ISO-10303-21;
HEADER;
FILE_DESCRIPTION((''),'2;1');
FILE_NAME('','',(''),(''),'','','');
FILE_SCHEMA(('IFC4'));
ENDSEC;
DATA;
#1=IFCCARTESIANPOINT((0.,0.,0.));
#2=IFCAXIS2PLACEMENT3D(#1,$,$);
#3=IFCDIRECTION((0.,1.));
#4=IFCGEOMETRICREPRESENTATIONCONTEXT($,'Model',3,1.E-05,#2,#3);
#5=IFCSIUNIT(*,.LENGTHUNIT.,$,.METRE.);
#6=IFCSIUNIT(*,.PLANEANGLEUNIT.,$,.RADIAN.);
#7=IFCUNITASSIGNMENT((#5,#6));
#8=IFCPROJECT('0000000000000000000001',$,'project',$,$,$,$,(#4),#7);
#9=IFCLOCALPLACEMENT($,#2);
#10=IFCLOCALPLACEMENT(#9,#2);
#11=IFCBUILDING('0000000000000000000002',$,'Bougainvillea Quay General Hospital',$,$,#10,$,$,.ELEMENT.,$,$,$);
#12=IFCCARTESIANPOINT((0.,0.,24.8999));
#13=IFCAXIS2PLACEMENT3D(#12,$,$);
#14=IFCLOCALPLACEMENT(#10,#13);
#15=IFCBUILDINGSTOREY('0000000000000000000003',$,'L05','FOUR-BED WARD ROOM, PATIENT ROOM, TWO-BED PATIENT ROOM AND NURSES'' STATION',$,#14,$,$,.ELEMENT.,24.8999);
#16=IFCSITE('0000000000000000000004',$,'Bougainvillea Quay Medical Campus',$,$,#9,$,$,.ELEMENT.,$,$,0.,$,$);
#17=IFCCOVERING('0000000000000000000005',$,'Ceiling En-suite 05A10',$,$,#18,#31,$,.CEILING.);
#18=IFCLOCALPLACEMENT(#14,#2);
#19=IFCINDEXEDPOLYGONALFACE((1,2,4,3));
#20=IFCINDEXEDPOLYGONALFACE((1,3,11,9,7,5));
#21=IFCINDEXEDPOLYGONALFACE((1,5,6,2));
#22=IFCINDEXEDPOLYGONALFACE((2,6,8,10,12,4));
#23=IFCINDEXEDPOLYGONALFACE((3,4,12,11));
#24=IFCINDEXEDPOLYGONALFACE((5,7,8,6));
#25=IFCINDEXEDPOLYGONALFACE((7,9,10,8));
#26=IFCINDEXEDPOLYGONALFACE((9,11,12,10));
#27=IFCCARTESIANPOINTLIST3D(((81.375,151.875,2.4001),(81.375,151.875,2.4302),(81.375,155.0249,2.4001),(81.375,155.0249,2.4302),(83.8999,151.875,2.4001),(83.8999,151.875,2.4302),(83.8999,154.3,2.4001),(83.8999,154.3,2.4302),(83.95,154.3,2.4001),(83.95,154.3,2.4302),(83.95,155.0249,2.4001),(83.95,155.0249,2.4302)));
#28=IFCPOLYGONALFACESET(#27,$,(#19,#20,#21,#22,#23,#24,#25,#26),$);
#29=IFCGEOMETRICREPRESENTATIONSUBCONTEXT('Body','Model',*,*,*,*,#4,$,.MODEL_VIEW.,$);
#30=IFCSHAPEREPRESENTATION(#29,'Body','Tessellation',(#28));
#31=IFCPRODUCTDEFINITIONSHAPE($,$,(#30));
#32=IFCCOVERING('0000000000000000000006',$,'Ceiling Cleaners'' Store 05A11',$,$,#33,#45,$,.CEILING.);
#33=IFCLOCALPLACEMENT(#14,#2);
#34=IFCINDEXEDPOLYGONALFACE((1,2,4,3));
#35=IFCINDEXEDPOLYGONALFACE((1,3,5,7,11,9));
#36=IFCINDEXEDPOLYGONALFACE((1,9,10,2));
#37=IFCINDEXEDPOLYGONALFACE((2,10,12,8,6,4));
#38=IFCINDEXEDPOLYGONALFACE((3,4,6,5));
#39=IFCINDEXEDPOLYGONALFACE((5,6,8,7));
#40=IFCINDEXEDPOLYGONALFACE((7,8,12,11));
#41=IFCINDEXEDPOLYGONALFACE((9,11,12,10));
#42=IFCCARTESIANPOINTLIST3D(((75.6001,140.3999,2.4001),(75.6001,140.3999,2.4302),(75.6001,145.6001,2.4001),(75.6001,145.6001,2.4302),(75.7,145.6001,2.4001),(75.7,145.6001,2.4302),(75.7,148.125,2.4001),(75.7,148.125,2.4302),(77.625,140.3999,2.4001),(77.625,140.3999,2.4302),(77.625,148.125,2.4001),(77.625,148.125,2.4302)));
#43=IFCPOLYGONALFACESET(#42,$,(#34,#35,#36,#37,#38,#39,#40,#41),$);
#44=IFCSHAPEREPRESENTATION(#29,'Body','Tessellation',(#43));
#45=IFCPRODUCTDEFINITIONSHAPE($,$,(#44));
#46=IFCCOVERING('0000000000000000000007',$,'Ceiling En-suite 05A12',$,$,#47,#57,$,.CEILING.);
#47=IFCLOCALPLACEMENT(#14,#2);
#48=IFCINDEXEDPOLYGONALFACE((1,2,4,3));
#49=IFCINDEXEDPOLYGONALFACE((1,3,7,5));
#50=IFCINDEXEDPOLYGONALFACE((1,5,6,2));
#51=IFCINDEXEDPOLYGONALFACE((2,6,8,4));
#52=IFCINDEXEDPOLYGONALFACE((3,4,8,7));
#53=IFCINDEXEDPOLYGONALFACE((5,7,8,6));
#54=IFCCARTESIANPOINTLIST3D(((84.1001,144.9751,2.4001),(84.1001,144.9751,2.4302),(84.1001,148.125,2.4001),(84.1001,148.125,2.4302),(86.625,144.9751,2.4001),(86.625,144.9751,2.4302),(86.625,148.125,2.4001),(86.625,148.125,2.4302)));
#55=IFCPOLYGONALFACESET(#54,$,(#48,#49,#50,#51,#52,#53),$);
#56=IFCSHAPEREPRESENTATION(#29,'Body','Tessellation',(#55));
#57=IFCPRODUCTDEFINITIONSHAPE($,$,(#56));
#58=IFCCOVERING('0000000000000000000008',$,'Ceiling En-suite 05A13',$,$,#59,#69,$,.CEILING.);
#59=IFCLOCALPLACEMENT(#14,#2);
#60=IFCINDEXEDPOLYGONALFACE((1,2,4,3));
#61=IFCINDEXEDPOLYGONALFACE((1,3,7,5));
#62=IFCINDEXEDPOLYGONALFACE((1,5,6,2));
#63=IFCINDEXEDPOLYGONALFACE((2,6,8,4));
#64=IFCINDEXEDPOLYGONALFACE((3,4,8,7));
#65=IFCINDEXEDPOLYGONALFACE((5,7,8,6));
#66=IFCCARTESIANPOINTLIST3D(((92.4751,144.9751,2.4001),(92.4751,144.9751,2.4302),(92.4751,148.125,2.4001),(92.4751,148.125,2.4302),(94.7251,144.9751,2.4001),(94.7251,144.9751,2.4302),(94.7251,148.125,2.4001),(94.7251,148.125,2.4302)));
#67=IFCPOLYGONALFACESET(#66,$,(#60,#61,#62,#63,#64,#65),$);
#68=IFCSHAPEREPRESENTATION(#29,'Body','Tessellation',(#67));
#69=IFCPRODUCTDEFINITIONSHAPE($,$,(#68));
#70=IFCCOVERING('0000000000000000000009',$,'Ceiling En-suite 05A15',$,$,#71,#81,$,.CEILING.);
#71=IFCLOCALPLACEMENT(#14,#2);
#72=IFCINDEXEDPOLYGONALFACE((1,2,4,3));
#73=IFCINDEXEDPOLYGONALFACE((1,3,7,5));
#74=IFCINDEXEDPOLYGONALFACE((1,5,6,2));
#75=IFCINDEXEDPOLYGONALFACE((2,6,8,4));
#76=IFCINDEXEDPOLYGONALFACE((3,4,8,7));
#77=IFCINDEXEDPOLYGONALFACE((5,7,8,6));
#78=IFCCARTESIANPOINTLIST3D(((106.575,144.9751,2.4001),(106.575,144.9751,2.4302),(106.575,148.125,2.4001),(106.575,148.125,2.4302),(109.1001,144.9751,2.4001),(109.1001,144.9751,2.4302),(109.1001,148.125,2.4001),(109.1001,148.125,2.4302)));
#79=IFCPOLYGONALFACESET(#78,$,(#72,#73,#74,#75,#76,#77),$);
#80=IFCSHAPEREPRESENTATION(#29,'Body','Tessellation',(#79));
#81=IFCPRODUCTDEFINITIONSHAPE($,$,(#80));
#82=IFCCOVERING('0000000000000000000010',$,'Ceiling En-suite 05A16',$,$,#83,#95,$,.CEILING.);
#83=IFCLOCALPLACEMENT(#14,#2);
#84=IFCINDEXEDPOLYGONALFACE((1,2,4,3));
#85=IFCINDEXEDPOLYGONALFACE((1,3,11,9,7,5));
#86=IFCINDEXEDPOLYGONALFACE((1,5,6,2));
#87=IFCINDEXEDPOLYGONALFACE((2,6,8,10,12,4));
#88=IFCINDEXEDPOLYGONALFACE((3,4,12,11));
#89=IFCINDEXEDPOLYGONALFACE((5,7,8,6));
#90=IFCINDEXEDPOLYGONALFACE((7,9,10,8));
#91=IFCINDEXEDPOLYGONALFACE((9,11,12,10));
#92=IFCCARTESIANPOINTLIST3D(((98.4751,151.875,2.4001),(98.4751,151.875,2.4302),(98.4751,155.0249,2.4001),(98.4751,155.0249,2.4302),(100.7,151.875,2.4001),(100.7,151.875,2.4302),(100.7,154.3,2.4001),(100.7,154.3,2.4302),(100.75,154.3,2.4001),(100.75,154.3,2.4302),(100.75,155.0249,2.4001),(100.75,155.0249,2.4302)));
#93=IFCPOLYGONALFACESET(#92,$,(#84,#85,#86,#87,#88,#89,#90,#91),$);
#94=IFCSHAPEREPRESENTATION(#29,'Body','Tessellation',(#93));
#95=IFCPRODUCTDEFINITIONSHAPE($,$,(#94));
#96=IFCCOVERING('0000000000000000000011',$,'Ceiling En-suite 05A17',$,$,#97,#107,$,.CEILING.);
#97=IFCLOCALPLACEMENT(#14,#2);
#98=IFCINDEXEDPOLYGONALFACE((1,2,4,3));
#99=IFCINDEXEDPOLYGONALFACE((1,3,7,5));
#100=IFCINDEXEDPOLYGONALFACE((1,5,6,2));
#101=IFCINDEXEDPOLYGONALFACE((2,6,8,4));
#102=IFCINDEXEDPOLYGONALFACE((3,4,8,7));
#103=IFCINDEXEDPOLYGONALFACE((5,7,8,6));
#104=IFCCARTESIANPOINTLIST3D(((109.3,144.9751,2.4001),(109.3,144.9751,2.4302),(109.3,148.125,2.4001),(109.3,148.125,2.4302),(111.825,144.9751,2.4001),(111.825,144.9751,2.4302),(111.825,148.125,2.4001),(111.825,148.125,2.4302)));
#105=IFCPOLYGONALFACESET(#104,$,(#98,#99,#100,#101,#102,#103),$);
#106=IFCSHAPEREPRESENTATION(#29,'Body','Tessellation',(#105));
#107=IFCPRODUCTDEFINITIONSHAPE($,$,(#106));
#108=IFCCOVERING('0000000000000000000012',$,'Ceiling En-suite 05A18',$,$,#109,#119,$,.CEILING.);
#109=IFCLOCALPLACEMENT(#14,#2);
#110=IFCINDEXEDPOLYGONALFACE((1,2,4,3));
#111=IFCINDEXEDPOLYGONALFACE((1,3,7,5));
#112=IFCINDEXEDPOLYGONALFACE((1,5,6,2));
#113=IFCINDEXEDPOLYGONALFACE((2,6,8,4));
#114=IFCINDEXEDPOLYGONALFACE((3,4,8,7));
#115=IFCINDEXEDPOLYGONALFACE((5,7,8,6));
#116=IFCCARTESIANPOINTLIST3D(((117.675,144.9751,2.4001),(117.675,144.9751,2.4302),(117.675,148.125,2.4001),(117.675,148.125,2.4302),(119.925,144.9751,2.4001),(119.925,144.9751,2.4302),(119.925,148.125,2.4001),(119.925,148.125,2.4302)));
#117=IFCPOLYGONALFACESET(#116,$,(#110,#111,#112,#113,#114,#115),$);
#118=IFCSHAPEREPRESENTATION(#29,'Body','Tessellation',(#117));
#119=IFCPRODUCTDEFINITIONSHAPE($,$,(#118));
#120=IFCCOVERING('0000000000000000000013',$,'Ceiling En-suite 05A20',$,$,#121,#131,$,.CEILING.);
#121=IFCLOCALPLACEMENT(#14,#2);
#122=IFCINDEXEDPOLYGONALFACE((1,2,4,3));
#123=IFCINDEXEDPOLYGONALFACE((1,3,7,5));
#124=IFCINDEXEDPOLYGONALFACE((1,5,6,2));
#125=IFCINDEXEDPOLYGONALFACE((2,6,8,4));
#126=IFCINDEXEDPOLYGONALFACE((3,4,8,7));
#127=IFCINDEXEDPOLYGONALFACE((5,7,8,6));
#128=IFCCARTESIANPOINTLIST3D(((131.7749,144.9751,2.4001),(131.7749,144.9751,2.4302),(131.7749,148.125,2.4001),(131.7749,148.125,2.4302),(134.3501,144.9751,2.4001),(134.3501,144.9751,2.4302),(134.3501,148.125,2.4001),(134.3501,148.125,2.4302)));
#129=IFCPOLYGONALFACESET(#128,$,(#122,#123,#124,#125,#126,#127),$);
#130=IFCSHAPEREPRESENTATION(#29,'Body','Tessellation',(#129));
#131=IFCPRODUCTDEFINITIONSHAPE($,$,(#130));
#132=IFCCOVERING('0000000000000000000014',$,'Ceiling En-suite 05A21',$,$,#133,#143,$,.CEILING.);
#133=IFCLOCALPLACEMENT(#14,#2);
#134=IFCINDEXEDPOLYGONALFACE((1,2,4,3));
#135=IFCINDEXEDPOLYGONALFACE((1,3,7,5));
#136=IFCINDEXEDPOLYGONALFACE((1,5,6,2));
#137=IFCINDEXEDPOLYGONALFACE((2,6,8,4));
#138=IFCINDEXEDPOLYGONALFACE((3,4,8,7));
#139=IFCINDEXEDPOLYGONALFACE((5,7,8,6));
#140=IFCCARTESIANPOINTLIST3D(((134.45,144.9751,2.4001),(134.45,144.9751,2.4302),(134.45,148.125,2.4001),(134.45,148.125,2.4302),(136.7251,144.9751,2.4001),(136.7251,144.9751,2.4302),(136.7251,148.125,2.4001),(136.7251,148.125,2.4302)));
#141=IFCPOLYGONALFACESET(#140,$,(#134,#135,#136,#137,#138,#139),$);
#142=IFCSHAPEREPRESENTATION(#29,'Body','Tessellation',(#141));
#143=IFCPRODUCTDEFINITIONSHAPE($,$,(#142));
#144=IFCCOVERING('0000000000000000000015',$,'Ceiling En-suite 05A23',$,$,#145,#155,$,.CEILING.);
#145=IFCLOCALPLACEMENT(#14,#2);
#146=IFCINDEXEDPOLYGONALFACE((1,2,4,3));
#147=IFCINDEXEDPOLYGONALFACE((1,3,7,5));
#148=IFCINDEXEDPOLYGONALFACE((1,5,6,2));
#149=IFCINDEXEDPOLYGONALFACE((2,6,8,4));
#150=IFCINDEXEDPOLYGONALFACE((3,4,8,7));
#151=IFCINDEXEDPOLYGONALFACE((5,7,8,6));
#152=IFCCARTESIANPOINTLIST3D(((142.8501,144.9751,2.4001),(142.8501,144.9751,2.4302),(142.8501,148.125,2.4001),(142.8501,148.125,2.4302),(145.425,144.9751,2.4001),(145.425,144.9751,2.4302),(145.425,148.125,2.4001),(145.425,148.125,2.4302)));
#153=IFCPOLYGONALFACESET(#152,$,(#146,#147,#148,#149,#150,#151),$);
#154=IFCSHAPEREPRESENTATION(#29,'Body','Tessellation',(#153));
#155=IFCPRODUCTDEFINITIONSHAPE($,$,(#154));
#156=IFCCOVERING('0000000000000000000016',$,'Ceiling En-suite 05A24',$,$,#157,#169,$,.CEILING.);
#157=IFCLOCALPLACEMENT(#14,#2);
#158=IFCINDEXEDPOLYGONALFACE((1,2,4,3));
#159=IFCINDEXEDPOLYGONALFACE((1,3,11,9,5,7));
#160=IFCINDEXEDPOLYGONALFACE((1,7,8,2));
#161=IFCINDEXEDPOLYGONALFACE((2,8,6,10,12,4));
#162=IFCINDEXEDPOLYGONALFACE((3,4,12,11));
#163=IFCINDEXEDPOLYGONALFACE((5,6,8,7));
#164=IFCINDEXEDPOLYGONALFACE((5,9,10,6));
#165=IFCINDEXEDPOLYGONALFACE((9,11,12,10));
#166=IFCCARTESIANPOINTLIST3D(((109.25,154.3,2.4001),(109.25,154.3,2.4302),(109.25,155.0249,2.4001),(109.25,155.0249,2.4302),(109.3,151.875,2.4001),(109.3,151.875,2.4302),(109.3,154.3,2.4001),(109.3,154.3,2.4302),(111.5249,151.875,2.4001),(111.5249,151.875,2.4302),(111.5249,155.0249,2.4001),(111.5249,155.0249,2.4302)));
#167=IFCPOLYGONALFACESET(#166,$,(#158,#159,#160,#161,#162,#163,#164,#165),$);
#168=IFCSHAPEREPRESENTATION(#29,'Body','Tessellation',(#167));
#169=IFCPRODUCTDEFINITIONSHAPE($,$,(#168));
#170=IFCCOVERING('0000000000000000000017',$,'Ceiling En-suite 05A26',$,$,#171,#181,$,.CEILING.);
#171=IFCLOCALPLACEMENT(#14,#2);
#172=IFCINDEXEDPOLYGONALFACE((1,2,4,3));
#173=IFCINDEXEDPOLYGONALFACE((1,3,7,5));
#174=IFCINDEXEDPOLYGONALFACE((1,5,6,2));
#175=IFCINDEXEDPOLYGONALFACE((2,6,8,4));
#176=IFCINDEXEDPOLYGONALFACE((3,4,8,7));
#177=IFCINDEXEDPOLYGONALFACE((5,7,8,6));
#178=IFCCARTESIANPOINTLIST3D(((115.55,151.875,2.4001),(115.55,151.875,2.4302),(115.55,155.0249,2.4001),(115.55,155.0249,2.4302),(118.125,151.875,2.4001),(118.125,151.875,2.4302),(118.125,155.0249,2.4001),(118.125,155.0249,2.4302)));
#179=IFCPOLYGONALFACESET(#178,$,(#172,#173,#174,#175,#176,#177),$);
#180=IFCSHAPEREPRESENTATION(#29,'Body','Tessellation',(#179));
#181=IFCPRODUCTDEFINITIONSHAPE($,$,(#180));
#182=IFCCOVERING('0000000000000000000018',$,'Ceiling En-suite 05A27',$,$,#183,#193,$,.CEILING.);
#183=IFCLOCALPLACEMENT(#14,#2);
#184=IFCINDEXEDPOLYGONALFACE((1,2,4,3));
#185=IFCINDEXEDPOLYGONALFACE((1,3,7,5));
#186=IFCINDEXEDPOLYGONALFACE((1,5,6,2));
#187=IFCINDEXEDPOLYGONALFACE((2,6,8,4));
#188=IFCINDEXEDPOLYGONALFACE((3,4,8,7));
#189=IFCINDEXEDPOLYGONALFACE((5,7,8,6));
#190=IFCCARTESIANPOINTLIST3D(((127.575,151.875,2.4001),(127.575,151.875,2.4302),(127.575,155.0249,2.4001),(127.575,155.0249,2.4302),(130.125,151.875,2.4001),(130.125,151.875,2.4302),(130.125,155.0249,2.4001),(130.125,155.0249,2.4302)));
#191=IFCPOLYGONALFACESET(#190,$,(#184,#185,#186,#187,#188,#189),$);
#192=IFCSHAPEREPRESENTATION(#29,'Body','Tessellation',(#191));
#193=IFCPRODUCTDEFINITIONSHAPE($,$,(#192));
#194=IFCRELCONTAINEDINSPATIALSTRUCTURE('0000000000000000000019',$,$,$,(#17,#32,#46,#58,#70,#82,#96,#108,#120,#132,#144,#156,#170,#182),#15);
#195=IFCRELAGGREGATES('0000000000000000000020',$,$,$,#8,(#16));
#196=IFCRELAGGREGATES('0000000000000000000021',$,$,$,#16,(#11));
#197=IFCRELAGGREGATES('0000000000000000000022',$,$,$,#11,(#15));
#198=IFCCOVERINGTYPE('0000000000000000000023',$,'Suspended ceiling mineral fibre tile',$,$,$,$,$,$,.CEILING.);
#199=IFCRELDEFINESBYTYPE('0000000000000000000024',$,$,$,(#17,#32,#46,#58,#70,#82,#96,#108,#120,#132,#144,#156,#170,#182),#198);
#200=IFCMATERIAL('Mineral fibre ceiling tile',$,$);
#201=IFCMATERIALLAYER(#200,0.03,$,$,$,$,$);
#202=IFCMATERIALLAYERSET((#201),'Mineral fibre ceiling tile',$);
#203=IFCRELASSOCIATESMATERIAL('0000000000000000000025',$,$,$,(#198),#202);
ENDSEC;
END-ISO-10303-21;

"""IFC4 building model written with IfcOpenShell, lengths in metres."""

from ifc_helpers import new_model, si_unit, direction, frame, origin, place, context, subcontext, project, spatial, polyline, outline, extrude, material, layer, layer_set, type_object, element, save


model = new_model("IFC4")

# Units and contexts
model_context = context("Model", 3, precision=1e-05, world=origin(), true_north=direction((0.0, 1.0)))
body_context = subcontext(model_context, "Body", "Model", "MODEL_VIEW")
ifc_project = project(units=[si_unit("LENGTHUNIT", "METRE"), si_unit("PLANEANGLEUNIT", "RADIAN")], contexts=[model_context])

# Site, building, storey
site_placement = place(None, origin())
site = spatial("IfcSite", under=ifc_project, at=site_placement, Name="Bougainvillea Quay Medical Campus", CompositionType="ELEMENT", RefElevation=0.0)
building_placement = place(site_placement, origin())
building = spatial("IfcBuilding", under=site, at=building_placement, Name="Bougainvillea Quay General Hospital", CompositionType="ELEMENT")
storey_placement = place(building_placement, frame((0.0, 0.0, 24.8999)))
storey = spatial("IfcBuildingStorey", under=building, at=storey_placement, Name="L05", Description="FOUR-BED WARD ROOM, PATIENT ROOM, TWO-BED PATIENT ROOM AND NURSES' STATION", CompositionType="ELEMENT", Elevation=24.8999)

# Coverings
ifc_material_1 = material(Name="Mineral fibre ceiling tile")
ifc_layer_1 = layer(ifc_material_1, 0.03)
ifc_layer_set_1 = layer_set([ifc_layer_1], Name="Mineral fibre ceiling tile")
covering_type = type_object("IfcCoveringType", Name="Suspended ceiling mineral fibre tile", PredefinedType="CEILING", material=ifc_layer_set_1)
covering_1_placement = place(storey_placement, frame((0.0, 0.0, 2.4001)))
element("IfcCovering", 1, at=covering_1_placement, inside=storey, type_object=covering_type, Name="Ceiling En-suite 05A10", PredefinedType="CEILING", context=body_context, shape_type="SweptSolid", body=[
    extrude(outline(polyline([(83.95, 154.3), (83.95, 155.0249), (81.375, 155.0249), (81.375, 151.875), (83.8999, 151.875), (83.8999, 154.3), (83.95, 154.3)])), origin(), (0.0, 0.0, 1.0), 0.03),
])
covering_2_placement = place(storey_placement, frame((0.0, 0.0, 2.4001)))
element("IfcCovering", 2, at=covering_2_placement, inside=storey, type_object=covering_type, Name="Ceiling Cleaners' Store 05A11", PredefinedType="CEILING", context=body_context, shape_type="SweptSolid", body=[
    extrude(outline(polyline([(77.625, 140.3999), (77.625, 148.125), (75.7, 148.125), (75.7, 145.6001), (75.6001, 145.6001), (75.6001, 140.3999), (77.625, 140.3999)])), origin(), (0.0, 0.0, 1.0), 0.03),
])
covering_3_placement = place(storey_placement, frame((0.0, 0.0, 2.4001)))
element("IfcCovering", 3, at=covering_3_placement, inside=storey, type_object=covering_type, Name="Ceiling En-suite 05A12", PredefinedType="CEILING", context=body_context, shape_type="SweptSolid", body=[
    extrude(outline(polyline([(84.1001, 144.9751), (86.625, 144.9751), (86.625, 148.125), (84.1001, 148.125), (84.1001, 144.9751)])), origin(), (0.0, 0.0, 1.0), 0.03),
])
covering_4_placement = place(storey_placement, frame((0.0, 0.0, 2.4001)))
element("IfcCovering", 4, at=covering_4_placement, inside=storey, type_object=covering_type, Name="Ceiling En-suite 05A13", PredefinedType="CEILING", context=body_context, shape_type="SweptSolid", body=[
    extrude(outline(polyline([(92.4751, 144.9751), (94.7251, 144.9751), (94.7251, 148.125), (92.4751, 148.125), (92.4751, 144.9751)])), origin(), (0.0, 0.0, 1.0), 0.03),
])
covering_5_placement = place(storey_placement, frame((0.0, 0.0, 2.4001)))
element("IfcCovering", 5, at=covering_5_placement, inside=storey, type_object=covering_type, Name="Ceiling En-suite 05A15", PredefinedType="CEILING", context=body_context, shape_type="SweptSolid", body=[
    extrude(outline(polyline([(106.575, 144.9751), (109.1001, 144.9751), (109.1001, 148.125), (106.575, 148.125), (106.575, 144.9751)])), origin(), (0.0, 0.0, 1.0), 0.03),
])
covering_6_placement = place(storey_placement, frame((0.0, 0.0, 2.4001)))
element("IfcCovering", 6, at=covering_6_placement, inside=storey, type_object=covering_type, Name="Ceiling En-suite 05A16", PredefinedType="CEILING", context=body_context, shape_type="SweptSolid", body=[
    extrude(outline(polyline([(100.75, 155.0249), (98.4751, 155.0249), (98.4751, 151.875), (100.7, 151.875), (100.7, 154.3), (100.75, 154.3), (100.75, 155.0249)])), origin(), (0.0, 0.0, 1.0), 0.03),
])
covering_7_placement = place(storey_placement, frame((0.0, 0.0, 2.4001)))
element("IfcCovering", 7, at=covering_7_placement, inside=storey, type_object=covering_type, Name="Ceiling En-suite 05A17", PredefinedType="CEILING", context=body_context, shape_type="SweptSolid", body=[
    extrude(outline(polyline([(109.3, 144.9751), (111.825, 144.9751), (111.825, 148.125), (109.3, 148.125), (109.3, 144.9751)])), origin(), (0.0, 0.0, 1.0), 0.03),
])
covering_8_placement = place(storey_placement, frame((0.0, 0.0, 2.4001)))
element("IfcCovering", 8, at=covering_8_placement, inside=storey, type_object=covering_type, Name="Ceiling En-suite 05A18", PredefinedType="CEILING", context=body_context, shape_type="SweptSolid", body=[
    extrude(outline(polyline([(119.925, 148.125), (117.675, 148.125), (117.675, 144.9751), (119.925, 144.9751), (119.925, 148.125)])), origin(), (0.0, 0.0, 1.0), 0.03),
])
covering_9_placement = place(storey_placement, frame((0.0, 0.0, 2.4001)))
element("IfcCovering", 9, at=covering_9_placement, inside=storey, type_object=covering_type, Name="Ceiling En-suite 05A20", PredefinedType="CEILING", context=body_context, shape_type="SweptSolid", body=[
    extrude(outline(polyline([(131.7749, 144.9751), (134.3501, 144.9751), (134.3501, 148.125), (131.7749, 148.125), (131.7749, 144.9751)])), origin(), (0.0, 0.0, 1.0), 0.03),
])
covering_10_placement = place(storey_placement, frame((0.0, 0.0, 2.4001)))
element("IfcCovering", 10, at=covering_10_placement, inside=storey, type_object=covering_type, Name="Ceiling En-suite 05A21", PredefinedType="CEILING", context=body_context, shape_type="SweptSolid", body=[
    extrude(outline(polyline([(134.45, 144.9751), (136.7251, 144.9751), (136.7251, 148.125), (134.45, 148.125), (134.45, 144.9751)])), origin(), (0.0, 0.0, 1.0), 0.03),
])
covering_11_placement = place(storey_placement, frame((0.0, 0.0, 2.4001)))
element("IfcCovering", 11, at=covering_11_placement, inside=storey, type_object=covering_type, Name="Ceiling En-suite 05A23", PredefinedType="CEILING", context=body_context, shape_type="SweptSolid", body=[
    extrude(outline(polyline([(142.8501, 144.9751), (145.425, 144.9751), (145.425, 148.125), (142.8501, 148.125), (142.8501, 144.9751)])), origin(), (0.0, 0.0, 1.0), 0.03),
])
covering_12_placement = place(storey_placement, frame((0.0, 0.0, 2.4001)))
element("IfcCovering", 12, at=covering_12_placement, inside=storey, type_object=covering_type, Name="Ceiling En-suite 05A24", PredefinedType="CEILING", context=body_context, shape_type="SweptSolid", body=[
    extrude(outline(polyline([(109.25, 154.3), (109.3, 154.3), (109.3, 151.875), (111.5249, 151.875), (111.5249, 155.0249), (109.25, 155.0249), (109.25, 154.3)])), origin(), (0.0, 0.0, 1.0), 0.03),
])
covering_13_placement = place(storey_placement, frame((0.0, 0.0, 2.4001)))
element("IfcCovering", 13, at=covering_13_placement, inside=storey, type_object=covering_type, Name="Ceiling En-suite 05A26", PredefinedType="CEILING", context=body_context, shape_type="SweptSolid", body=[
    extrude(outline(polyline([(115.55, 155.0249), (115.55, 151.875), (118.125, 151.875), (118.125, 155.0249), (115.55, 155.0249)])), origin(), (0.0, 0.0, 1.0), 0.03),
])
covering_14_placement = place(storey_placement, frame((0.0, 0.0, 2.4001)))
element("IfcCovering", 14, at=covering_14_placement, inside=storey, type_object=covering_type, Name="Ceiling En-suite 05A27", PredefinedType="CEILING", context=body_context, shape_type="SweptSolid", body=[
    extrude(outline(polyline([(127.575, 151.875), (130.125, 151.875), (130.125, 155.0249), (127.575, 155.0249), (127.575, 151.875)])), origin(), (0.0, 0.0, 1.0), 0.03),
])

save(model, "model.ifc")
